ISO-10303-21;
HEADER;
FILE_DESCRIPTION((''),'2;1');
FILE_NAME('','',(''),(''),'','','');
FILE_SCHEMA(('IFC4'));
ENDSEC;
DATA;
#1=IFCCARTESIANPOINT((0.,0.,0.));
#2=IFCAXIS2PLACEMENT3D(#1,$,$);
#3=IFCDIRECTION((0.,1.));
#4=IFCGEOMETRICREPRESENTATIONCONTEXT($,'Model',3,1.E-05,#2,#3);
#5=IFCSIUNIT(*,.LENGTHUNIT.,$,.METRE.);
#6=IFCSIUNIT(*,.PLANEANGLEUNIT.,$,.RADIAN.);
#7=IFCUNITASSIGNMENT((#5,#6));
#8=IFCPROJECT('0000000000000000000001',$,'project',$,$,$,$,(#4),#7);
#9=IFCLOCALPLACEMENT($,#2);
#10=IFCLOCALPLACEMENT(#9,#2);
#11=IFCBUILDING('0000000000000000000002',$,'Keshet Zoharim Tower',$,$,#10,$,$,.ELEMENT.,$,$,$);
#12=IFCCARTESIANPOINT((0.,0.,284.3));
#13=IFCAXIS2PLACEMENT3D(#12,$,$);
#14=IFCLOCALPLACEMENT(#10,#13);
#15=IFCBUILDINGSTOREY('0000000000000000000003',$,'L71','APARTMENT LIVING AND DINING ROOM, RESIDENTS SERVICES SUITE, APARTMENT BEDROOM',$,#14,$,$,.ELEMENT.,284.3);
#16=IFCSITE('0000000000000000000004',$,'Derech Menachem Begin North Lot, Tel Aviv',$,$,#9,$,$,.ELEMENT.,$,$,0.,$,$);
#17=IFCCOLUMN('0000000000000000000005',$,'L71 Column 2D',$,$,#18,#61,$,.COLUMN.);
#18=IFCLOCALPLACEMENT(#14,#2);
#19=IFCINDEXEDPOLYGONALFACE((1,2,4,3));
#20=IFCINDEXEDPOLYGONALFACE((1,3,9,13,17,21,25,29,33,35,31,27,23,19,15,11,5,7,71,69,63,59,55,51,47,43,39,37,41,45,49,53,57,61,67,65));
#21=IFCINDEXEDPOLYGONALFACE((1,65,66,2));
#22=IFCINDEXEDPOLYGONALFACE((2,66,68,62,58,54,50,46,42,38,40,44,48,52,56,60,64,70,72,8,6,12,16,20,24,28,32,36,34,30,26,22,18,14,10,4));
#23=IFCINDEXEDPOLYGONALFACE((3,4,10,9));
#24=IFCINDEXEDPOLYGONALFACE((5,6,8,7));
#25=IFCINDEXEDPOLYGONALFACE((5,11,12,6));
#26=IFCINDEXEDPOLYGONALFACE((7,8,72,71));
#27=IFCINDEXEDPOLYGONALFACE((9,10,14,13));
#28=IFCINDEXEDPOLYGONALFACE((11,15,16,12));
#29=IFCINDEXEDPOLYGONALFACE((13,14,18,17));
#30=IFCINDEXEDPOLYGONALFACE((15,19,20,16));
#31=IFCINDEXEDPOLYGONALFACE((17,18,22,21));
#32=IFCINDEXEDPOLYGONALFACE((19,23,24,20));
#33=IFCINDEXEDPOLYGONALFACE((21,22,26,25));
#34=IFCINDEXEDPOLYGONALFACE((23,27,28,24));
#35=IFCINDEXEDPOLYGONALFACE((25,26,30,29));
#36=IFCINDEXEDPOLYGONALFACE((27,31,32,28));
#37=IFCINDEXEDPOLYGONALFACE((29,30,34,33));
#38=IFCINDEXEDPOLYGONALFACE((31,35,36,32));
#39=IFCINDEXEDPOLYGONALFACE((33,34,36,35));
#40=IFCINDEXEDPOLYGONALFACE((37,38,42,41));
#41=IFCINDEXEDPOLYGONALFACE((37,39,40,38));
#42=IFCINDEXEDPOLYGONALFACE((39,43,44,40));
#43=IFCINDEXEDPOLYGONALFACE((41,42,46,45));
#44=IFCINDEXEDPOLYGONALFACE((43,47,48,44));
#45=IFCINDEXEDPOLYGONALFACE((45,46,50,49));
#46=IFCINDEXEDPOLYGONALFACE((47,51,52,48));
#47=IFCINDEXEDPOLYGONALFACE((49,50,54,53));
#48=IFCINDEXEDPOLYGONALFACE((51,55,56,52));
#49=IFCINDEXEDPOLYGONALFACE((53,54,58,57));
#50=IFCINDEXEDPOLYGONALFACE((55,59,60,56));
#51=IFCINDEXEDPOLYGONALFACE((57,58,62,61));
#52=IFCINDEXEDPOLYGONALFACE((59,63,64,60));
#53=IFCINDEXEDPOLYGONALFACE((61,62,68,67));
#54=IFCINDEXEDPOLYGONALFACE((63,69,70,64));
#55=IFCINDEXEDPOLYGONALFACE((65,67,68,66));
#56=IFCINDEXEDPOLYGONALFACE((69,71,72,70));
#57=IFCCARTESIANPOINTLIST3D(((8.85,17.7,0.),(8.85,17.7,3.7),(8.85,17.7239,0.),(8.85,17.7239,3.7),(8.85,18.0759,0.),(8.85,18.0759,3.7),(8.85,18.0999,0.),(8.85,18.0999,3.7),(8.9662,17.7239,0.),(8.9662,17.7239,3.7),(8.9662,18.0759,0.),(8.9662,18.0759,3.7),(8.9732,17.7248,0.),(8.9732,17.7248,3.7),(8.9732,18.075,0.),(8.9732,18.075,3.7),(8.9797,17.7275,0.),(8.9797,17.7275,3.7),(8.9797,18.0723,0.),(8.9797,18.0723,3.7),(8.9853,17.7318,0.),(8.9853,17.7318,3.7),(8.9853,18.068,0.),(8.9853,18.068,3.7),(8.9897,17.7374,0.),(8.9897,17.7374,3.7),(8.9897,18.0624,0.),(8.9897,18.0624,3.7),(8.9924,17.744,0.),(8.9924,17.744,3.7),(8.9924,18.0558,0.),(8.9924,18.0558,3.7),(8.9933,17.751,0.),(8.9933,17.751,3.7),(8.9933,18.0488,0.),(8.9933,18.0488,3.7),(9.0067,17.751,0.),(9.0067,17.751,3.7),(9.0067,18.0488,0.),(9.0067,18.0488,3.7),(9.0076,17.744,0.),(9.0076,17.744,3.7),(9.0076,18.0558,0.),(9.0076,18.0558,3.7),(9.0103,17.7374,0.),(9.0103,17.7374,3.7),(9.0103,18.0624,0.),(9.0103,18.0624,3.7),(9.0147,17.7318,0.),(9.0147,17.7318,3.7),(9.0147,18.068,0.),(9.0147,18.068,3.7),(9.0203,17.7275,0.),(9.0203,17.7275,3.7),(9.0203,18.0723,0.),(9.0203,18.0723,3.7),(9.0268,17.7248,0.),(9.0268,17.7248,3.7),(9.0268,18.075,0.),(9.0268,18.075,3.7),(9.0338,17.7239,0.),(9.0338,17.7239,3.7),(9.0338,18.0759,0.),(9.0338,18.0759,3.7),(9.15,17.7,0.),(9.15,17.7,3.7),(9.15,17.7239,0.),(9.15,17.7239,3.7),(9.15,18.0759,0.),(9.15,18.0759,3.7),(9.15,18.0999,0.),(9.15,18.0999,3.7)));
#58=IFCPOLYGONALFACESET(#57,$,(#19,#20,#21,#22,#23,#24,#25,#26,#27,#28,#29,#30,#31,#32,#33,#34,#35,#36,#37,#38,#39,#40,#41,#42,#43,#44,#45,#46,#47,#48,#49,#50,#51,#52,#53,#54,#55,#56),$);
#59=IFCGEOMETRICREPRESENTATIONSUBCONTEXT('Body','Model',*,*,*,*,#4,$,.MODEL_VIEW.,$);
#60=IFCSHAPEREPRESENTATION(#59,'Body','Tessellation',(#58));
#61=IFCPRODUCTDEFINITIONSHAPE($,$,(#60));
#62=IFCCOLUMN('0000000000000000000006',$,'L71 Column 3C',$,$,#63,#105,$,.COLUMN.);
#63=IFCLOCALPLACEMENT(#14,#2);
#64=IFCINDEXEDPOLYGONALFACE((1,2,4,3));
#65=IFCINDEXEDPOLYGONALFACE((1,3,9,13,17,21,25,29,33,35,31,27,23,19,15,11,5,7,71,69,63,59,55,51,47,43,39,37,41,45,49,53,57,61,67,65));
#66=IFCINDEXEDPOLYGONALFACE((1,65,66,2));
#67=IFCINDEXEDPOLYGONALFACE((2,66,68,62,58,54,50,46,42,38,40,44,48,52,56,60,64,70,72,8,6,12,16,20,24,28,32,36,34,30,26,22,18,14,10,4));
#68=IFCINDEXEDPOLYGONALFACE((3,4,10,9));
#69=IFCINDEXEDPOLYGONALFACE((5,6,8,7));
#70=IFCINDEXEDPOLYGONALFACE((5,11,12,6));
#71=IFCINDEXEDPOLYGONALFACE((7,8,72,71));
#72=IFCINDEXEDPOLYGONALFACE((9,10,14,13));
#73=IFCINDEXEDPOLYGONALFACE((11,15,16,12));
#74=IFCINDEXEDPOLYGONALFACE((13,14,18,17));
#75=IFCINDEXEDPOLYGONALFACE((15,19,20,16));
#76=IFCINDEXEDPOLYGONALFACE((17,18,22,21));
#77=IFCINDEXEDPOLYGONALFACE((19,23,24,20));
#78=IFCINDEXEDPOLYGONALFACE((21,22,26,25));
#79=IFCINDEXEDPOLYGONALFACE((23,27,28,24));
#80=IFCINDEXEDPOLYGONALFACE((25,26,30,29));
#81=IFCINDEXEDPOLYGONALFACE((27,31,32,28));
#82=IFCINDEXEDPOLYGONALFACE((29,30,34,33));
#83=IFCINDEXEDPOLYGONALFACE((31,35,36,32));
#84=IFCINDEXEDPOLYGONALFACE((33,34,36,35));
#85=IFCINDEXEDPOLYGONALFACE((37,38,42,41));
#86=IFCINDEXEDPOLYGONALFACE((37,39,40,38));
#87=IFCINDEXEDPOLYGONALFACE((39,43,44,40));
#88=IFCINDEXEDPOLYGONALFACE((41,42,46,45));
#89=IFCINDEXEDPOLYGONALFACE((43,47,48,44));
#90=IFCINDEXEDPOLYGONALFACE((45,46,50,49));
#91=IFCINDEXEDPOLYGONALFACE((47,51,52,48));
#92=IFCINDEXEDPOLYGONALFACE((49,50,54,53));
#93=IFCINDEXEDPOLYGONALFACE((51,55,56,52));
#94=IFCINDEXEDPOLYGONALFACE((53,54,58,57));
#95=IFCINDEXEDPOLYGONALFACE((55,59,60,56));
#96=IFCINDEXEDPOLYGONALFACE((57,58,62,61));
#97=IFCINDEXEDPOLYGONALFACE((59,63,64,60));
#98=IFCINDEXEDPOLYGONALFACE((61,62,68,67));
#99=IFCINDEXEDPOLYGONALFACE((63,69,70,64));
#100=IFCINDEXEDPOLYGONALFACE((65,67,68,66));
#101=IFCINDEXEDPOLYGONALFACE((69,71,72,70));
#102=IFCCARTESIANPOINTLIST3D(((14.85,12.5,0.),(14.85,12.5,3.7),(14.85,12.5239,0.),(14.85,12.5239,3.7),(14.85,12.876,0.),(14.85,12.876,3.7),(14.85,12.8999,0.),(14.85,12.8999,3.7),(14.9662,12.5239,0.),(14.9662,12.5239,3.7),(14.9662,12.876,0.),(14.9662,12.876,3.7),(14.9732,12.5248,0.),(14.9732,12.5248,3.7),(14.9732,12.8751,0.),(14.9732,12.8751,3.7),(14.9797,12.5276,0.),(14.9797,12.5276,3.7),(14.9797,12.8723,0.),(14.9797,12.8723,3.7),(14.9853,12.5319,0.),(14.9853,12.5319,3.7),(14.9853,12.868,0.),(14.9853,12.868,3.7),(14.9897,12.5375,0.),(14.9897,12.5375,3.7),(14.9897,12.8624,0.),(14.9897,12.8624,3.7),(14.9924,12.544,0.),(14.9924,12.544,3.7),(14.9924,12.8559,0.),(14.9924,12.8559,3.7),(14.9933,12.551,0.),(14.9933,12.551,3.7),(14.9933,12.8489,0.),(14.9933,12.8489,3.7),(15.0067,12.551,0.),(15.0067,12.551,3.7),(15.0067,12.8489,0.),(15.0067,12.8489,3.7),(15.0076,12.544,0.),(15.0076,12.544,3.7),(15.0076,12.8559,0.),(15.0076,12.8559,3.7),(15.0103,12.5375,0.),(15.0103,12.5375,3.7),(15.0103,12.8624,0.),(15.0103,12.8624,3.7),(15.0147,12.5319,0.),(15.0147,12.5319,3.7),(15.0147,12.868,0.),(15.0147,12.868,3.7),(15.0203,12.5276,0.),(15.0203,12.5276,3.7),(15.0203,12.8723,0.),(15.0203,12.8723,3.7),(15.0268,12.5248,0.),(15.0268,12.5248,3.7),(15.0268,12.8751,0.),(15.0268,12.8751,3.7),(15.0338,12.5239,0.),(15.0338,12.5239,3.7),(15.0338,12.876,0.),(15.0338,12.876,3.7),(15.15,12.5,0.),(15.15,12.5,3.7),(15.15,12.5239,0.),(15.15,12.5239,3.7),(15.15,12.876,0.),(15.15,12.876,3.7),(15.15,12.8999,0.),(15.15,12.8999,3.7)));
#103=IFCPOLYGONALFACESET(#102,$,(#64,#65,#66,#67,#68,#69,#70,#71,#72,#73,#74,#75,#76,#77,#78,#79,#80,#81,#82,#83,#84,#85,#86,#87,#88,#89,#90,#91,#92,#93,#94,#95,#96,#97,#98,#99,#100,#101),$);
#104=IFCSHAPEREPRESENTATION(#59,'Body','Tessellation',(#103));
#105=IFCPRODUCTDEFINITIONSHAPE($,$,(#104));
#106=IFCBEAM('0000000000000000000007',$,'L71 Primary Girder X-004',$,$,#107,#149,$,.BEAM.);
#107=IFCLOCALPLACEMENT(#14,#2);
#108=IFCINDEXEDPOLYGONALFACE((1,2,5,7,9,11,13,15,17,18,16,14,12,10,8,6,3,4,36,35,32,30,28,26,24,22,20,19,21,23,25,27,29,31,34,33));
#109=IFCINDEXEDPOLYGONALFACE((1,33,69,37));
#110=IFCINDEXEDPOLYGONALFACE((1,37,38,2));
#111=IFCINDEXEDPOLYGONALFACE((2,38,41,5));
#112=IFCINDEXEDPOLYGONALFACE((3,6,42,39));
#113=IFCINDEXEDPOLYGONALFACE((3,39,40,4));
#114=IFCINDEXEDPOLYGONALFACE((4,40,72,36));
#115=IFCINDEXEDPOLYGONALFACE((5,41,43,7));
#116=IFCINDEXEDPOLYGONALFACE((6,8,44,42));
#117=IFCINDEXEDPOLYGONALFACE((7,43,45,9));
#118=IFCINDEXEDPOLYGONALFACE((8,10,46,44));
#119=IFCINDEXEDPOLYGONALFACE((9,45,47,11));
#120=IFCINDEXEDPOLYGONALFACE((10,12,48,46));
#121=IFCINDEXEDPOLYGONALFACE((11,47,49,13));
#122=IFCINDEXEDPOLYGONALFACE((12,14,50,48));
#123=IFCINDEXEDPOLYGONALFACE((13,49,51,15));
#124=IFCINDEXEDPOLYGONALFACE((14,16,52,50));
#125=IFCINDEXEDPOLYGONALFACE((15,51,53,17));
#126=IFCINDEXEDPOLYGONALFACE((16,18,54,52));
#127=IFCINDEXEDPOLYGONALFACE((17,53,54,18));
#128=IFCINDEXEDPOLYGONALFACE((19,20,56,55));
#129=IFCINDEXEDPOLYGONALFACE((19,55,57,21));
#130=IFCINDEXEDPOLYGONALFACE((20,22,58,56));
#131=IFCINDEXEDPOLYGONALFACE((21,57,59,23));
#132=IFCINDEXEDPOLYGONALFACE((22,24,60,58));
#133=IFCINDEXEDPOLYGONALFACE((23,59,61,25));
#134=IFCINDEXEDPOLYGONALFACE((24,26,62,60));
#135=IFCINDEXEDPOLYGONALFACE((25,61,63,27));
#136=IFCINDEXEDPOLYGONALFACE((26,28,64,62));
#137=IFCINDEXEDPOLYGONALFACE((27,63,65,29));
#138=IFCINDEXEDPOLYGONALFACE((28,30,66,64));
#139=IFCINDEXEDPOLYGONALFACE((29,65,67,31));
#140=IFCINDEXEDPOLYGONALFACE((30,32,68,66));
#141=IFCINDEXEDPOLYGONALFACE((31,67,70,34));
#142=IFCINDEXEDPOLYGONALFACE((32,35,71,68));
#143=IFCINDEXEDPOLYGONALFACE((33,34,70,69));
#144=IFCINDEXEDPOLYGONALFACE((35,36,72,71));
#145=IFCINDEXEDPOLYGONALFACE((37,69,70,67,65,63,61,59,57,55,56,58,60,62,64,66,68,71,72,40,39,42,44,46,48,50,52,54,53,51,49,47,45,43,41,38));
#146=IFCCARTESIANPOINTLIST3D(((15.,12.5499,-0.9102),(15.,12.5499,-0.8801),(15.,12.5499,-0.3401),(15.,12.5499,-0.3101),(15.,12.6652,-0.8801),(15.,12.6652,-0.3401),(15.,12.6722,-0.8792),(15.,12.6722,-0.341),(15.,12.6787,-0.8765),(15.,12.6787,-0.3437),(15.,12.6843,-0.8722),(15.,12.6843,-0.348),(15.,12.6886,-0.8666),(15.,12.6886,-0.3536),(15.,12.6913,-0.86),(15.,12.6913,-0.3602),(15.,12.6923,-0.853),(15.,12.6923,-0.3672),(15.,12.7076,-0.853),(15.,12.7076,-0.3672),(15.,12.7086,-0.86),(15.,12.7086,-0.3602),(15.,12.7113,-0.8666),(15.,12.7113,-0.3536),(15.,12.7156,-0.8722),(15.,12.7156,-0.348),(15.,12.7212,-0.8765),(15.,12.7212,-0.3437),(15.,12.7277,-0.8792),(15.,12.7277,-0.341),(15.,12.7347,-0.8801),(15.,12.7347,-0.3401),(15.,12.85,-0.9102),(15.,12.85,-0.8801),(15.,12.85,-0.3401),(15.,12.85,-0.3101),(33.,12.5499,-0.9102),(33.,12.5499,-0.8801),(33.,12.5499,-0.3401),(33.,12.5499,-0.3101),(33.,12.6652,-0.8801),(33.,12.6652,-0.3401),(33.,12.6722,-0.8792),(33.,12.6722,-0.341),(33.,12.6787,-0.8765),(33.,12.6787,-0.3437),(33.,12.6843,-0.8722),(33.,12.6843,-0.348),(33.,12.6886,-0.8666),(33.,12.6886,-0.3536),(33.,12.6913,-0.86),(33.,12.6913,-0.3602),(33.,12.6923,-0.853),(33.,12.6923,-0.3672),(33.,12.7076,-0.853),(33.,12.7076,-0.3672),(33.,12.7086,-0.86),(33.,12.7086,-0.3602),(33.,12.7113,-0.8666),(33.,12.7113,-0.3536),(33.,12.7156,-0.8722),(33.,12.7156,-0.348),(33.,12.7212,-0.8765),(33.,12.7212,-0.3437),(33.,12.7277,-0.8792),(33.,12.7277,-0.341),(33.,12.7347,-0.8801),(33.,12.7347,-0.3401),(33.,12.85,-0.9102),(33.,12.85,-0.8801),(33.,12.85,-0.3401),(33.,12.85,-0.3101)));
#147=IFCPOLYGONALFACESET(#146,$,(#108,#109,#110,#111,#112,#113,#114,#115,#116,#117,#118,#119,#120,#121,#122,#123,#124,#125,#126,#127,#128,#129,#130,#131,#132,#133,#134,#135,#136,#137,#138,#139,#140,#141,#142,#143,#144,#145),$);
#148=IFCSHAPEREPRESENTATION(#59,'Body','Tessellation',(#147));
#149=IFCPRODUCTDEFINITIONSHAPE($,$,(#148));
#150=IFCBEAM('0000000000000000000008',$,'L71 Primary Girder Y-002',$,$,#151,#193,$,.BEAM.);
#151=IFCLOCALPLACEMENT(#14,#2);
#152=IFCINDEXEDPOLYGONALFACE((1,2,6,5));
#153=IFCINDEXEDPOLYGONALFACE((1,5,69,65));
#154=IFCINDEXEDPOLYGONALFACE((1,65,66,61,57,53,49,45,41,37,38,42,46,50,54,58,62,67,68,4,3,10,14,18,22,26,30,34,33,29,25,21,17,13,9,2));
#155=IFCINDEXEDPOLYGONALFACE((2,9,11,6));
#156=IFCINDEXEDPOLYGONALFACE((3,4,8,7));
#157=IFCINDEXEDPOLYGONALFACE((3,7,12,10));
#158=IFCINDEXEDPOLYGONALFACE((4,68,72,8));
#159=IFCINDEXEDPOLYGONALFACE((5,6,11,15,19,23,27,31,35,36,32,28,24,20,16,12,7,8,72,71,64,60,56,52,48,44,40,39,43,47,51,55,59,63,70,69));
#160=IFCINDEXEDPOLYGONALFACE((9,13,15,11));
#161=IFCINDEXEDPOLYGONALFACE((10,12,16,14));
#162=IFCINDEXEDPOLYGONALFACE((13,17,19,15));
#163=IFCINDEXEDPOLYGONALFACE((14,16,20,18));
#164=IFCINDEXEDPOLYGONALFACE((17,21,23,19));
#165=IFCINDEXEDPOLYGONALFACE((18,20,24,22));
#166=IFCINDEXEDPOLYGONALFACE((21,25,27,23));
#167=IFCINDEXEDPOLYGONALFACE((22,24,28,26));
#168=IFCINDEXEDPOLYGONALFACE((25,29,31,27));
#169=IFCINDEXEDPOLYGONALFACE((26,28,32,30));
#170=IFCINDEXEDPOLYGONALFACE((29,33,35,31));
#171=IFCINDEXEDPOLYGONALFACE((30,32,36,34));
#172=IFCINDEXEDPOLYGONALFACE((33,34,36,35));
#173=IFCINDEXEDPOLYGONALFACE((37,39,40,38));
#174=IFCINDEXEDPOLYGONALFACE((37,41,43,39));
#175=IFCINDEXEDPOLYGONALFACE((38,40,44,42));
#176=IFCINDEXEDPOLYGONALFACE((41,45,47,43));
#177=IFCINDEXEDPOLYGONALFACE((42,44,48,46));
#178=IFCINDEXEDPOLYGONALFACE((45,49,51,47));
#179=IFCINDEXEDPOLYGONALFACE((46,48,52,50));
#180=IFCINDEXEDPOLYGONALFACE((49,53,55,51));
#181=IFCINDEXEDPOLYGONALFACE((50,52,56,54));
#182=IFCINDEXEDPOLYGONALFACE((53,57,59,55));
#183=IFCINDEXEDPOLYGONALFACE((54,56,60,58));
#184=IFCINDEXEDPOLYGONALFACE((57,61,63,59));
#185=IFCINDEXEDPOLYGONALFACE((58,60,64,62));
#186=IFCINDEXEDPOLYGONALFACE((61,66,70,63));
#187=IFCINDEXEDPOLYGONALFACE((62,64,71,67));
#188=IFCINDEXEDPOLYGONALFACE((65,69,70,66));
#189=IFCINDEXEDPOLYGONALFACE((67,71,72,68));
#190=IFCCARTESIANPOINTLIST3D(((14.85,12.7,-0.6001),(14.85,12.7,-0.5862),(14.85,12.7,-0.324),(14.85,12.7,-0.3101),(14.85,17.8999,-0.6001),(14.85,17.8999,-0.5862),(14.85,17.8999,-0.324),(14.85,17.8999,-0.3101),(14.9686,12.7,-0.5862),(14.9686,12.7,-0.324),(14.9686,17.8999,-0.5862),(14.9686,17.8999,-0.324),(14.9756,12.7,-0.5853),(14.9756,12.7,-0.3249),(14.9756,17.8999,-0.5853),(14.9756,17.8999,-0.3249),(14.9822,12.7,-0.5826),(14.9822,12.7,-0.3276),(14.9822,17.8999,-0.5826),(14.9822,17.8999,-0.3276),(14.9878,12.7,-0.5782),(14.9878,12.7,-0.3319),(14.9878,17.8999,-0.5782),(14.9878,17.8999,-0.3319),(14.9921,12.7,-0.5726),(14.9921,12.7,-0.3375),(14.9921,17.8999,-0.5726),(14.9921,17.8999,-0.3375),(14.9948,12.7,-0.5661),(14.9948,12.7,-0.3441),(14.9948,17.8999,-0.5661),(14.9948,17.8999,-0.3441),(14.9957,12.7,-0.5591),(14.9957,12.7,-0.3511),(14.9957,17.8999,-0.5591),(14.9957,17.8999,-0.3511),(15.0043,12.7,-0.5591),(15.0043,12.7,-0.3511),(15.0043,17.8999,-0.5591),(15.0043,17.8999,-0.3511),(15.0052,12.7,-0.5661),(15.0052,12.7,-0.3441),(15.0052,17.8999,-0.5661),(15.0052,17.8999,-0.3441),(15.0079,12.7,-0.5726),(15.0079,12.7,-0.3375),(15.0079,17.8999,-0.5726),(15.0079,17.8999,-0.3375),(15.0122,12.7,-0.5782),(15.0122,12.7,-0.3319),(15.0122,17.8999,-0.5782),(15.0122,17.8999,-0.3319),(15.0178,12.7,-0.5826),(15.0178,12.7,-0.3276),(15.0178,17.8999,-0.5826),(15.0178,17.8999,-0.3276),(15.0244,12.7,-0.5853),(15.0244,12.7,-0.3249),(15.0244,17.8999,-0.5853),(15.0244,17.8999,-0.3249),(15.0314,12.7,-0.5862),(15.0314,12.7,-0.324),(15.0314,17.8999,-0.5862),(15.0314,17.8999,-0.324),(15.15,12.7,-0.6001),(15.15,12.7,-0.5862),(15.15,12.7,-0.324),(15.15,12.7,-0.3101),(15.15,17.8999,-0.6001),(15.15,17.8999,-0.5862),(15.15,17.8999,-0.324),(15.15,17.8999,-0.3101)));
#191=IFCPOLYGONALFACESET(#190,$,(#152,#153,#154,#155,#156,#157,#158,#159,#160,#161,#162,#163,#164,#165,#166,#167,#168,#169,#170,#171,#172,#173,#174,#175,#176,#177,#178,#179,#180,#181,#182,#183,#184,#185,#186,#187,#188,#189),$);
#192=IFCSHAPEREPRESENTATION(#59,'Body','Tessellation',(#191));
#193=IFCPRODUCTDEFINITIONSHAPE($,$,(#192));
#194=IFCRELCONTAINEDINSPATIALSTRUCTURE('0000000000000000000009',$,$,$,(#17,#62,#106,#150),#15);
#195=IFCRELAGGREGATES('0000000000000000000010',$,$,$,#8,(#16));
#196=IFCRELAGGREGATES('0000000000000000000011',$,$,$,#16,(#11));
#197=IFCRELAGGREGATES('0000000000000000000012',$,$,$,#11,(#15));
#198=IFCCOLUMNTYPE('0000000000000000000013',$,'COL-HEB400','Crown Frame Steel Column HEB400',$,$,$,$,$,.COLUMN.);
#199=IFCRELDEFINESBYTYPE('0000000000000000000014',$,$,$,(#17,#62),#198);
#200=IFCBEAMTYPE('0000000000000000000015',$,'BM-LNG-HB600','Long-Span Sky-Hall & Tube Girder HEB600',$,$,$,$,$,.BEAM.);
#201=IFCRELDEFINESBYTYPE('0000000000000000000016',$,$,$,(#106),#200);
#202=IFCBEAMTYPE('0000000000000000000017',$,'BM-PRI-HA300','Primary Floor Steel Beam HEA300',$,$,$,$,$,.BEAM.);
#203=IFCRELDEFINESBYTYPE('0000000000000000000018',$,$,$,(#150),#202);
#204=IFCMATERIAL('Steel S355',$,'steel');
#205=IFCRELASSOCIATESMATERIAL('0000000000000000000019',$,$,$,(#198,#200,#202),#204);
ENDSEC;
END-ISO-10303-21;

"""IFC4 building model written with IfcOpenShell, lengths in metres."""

from ifc_helpers import new_model, si_unit, direction, frame, origin, origin_2d, place, context, subcontext, project, spatial, i_section, extrude, material, material_profile, profile_set, type_object, element, save


model = new_model("IFC4")

# Units and contexts
model_context = context("Model", 3, precision=1e-05, world=origin(), true_north=direction((0.0, 1.0)))
body_context = subcontext(model_context, "Body", "Model", "MODEL_VIEW")
ifc_project = project(units=[si_unit("LENGTHUNIT", "METRE"), si_unit("PLANEANGLEUNIT", "RADIAN")], contexts=[model_context])

# Site, building, storey
site_placement = place(None, origin())
site = spatial("IfcSite", under=ifc_project, at=site_placement, Name="Derech Menachem Begin North Lot, Tel Aviv", CompositionType="ELEMENT", RefElevation=0.0)
building_placement = place(site_placement, origin())
building = spatial("IfcBuilding", under=site, at=building_placement, Name="Keshet Zoharim Tower", CompositionType="ELEMENT")
storey_placement = place(building_placement, frame((0.0, 0.0, 284.3)))
storey = spatial("IfcBuildingStorey", under=building, at=storey_placement, Name="L71", Description="APARTMENT LIVING AND DINING ROOM, RESIDENTS SERVICES SUITE, APARTMENT BEDROOM", CompositionType="ELEMENT", Elevation=284.3)

# Columns
ifc_material_1 = material(Name="Steel S355", Category="steel")
ifc_material_profile_1 = material_profile(ifc_material_1, i_section(OverallWidth=0.3, OverallDepth=0.3999, WebThickness=0.0134, FlangeThickness=0.0239, FilletRadius=0.0271, at=origin_2d()), Name="HEB400")
ifc_profile_set_1 = profile_set([ifc_material_profile_1], Name="Steel S355")
column_type = type_object("IfcColumnType", Name="COL-HEB400", Description="Crown Frame Steel Column HEB400", PredefinedType="COLUMN", material=ifc_profile_set_1)
for number, where, z_axis, x_axis, name in (
    (1, (9.0, 17.8999, 0.0), (0.0, 0.0, 1.0), (1.0, 0.0, 0.0), "L71 Column 2D"),
    (2, (15.0, 12.7, 0.0), (0.0, 0.0, 1.0), (1.0, 0.0, 0.0), "L71 Column 3C"),
):
    element("IfcColumn", number, at=place(storey_placement, frame(where, z_axis=z_axis, x_axis=x_axis)), inside=storey, type_object=column_type, Name=name, PredefinedType="COLUMN", context=body_context, shape_type="SweptSolid", body=[
        extrude(i_section(OverallWidth=0.3, OverallDepth=0.3999, WebThickness=0.0134, FlangeThickness=0.0239, FilletRadius=0.0271, at=origin_2d()), origin(), (0.0, 0.0, 1.0), 3.7),
    ])

# Beams
ifc_material_profile_2 = material_profile(ifc_material_1, i_section(OverallWidth=0.3, OverallDepth=0.6001, WebThickness=0.0154, FlangeThickness=0.03, FilletRadius=0.0271, at=origin_2d()), Name="HEB600")
ifc_profile_set_2 = profile_set([ifc_material_profile_2], Name="Steel S355")
beam_type_1 = type_object("IfcBeamType", Name="BM-LNG-HB600", Description="Long-Span Sky-Hall & Tube Girder HEB600", PredefinedType="BEAM", material=ifc_profile_set_2)
beam_1_placement = place(storey_placement, frame((15.0, 12.7, -0.6101), z_axis=(1.0, 0.0, 0.0), x_axis=(0.0, 1.0, 0.0)))
element("IfcBeam", 3, at=beam_1_placement, inside=storey, type_object=beam_type_1, Name="L71 Primary Girder X-004", PredefinedType="BEAM", context=body_context, shape_type="SweptSolid", body=[
    extrude(i_section(OverallWidth=0.3, OverallDepth=0.6001, WebThickness=0.0154, FlangeThickness=0.03, FilletRadius=0.0271, at=origin_2d()), origin(), (0.0, 0.0, 1.0), 18.0),
])
ifc_material_profile_3 = material_profile(ifc_material_1, i_section(OverallWidth=0.3, OverallDepth=0.29, WebThickness=0.0085, FlangeThickness=0.0139, FilletRadius=0.0271, at=origin_2d()), Name="HEA300")
ifc_profile_set_3 = profile_set([ifc_material_profile_3], Name="Steel S355")
beam_type_2 = type_object("IfcBeamType", Name="BM-PRI-HA300", Description="Primary Floor Steel Beam HEA300", PredefinedType="BEAM", material=ifc_profile_set_3)
beam_2_placement = place(storey_placement, frame((15.0, 12.7, -0.4551), z_axis=(0.0, 1.0, 0.0), x_axis=(-1.0, 0.0, 0.0)))
element("IfcBeam", 4, at=beam_2_placement, inside=storey, type_object=beam_type_2, Name="L71 Primary Girder Y-002", PredefinedType="BEAM", context=body_context, shape_type="SweptSolid", body=[
    extrude(i_section(OverallWidth=0.3, OverallDepth=0.29, WebThickness=0.0085, FlangeThickness=0.0139, FilletRadius=0.0271, at=origin_2d()), origin(), (0.0, 0.0, 1.0), 5.2),
])

save(model, "model.ifc")
